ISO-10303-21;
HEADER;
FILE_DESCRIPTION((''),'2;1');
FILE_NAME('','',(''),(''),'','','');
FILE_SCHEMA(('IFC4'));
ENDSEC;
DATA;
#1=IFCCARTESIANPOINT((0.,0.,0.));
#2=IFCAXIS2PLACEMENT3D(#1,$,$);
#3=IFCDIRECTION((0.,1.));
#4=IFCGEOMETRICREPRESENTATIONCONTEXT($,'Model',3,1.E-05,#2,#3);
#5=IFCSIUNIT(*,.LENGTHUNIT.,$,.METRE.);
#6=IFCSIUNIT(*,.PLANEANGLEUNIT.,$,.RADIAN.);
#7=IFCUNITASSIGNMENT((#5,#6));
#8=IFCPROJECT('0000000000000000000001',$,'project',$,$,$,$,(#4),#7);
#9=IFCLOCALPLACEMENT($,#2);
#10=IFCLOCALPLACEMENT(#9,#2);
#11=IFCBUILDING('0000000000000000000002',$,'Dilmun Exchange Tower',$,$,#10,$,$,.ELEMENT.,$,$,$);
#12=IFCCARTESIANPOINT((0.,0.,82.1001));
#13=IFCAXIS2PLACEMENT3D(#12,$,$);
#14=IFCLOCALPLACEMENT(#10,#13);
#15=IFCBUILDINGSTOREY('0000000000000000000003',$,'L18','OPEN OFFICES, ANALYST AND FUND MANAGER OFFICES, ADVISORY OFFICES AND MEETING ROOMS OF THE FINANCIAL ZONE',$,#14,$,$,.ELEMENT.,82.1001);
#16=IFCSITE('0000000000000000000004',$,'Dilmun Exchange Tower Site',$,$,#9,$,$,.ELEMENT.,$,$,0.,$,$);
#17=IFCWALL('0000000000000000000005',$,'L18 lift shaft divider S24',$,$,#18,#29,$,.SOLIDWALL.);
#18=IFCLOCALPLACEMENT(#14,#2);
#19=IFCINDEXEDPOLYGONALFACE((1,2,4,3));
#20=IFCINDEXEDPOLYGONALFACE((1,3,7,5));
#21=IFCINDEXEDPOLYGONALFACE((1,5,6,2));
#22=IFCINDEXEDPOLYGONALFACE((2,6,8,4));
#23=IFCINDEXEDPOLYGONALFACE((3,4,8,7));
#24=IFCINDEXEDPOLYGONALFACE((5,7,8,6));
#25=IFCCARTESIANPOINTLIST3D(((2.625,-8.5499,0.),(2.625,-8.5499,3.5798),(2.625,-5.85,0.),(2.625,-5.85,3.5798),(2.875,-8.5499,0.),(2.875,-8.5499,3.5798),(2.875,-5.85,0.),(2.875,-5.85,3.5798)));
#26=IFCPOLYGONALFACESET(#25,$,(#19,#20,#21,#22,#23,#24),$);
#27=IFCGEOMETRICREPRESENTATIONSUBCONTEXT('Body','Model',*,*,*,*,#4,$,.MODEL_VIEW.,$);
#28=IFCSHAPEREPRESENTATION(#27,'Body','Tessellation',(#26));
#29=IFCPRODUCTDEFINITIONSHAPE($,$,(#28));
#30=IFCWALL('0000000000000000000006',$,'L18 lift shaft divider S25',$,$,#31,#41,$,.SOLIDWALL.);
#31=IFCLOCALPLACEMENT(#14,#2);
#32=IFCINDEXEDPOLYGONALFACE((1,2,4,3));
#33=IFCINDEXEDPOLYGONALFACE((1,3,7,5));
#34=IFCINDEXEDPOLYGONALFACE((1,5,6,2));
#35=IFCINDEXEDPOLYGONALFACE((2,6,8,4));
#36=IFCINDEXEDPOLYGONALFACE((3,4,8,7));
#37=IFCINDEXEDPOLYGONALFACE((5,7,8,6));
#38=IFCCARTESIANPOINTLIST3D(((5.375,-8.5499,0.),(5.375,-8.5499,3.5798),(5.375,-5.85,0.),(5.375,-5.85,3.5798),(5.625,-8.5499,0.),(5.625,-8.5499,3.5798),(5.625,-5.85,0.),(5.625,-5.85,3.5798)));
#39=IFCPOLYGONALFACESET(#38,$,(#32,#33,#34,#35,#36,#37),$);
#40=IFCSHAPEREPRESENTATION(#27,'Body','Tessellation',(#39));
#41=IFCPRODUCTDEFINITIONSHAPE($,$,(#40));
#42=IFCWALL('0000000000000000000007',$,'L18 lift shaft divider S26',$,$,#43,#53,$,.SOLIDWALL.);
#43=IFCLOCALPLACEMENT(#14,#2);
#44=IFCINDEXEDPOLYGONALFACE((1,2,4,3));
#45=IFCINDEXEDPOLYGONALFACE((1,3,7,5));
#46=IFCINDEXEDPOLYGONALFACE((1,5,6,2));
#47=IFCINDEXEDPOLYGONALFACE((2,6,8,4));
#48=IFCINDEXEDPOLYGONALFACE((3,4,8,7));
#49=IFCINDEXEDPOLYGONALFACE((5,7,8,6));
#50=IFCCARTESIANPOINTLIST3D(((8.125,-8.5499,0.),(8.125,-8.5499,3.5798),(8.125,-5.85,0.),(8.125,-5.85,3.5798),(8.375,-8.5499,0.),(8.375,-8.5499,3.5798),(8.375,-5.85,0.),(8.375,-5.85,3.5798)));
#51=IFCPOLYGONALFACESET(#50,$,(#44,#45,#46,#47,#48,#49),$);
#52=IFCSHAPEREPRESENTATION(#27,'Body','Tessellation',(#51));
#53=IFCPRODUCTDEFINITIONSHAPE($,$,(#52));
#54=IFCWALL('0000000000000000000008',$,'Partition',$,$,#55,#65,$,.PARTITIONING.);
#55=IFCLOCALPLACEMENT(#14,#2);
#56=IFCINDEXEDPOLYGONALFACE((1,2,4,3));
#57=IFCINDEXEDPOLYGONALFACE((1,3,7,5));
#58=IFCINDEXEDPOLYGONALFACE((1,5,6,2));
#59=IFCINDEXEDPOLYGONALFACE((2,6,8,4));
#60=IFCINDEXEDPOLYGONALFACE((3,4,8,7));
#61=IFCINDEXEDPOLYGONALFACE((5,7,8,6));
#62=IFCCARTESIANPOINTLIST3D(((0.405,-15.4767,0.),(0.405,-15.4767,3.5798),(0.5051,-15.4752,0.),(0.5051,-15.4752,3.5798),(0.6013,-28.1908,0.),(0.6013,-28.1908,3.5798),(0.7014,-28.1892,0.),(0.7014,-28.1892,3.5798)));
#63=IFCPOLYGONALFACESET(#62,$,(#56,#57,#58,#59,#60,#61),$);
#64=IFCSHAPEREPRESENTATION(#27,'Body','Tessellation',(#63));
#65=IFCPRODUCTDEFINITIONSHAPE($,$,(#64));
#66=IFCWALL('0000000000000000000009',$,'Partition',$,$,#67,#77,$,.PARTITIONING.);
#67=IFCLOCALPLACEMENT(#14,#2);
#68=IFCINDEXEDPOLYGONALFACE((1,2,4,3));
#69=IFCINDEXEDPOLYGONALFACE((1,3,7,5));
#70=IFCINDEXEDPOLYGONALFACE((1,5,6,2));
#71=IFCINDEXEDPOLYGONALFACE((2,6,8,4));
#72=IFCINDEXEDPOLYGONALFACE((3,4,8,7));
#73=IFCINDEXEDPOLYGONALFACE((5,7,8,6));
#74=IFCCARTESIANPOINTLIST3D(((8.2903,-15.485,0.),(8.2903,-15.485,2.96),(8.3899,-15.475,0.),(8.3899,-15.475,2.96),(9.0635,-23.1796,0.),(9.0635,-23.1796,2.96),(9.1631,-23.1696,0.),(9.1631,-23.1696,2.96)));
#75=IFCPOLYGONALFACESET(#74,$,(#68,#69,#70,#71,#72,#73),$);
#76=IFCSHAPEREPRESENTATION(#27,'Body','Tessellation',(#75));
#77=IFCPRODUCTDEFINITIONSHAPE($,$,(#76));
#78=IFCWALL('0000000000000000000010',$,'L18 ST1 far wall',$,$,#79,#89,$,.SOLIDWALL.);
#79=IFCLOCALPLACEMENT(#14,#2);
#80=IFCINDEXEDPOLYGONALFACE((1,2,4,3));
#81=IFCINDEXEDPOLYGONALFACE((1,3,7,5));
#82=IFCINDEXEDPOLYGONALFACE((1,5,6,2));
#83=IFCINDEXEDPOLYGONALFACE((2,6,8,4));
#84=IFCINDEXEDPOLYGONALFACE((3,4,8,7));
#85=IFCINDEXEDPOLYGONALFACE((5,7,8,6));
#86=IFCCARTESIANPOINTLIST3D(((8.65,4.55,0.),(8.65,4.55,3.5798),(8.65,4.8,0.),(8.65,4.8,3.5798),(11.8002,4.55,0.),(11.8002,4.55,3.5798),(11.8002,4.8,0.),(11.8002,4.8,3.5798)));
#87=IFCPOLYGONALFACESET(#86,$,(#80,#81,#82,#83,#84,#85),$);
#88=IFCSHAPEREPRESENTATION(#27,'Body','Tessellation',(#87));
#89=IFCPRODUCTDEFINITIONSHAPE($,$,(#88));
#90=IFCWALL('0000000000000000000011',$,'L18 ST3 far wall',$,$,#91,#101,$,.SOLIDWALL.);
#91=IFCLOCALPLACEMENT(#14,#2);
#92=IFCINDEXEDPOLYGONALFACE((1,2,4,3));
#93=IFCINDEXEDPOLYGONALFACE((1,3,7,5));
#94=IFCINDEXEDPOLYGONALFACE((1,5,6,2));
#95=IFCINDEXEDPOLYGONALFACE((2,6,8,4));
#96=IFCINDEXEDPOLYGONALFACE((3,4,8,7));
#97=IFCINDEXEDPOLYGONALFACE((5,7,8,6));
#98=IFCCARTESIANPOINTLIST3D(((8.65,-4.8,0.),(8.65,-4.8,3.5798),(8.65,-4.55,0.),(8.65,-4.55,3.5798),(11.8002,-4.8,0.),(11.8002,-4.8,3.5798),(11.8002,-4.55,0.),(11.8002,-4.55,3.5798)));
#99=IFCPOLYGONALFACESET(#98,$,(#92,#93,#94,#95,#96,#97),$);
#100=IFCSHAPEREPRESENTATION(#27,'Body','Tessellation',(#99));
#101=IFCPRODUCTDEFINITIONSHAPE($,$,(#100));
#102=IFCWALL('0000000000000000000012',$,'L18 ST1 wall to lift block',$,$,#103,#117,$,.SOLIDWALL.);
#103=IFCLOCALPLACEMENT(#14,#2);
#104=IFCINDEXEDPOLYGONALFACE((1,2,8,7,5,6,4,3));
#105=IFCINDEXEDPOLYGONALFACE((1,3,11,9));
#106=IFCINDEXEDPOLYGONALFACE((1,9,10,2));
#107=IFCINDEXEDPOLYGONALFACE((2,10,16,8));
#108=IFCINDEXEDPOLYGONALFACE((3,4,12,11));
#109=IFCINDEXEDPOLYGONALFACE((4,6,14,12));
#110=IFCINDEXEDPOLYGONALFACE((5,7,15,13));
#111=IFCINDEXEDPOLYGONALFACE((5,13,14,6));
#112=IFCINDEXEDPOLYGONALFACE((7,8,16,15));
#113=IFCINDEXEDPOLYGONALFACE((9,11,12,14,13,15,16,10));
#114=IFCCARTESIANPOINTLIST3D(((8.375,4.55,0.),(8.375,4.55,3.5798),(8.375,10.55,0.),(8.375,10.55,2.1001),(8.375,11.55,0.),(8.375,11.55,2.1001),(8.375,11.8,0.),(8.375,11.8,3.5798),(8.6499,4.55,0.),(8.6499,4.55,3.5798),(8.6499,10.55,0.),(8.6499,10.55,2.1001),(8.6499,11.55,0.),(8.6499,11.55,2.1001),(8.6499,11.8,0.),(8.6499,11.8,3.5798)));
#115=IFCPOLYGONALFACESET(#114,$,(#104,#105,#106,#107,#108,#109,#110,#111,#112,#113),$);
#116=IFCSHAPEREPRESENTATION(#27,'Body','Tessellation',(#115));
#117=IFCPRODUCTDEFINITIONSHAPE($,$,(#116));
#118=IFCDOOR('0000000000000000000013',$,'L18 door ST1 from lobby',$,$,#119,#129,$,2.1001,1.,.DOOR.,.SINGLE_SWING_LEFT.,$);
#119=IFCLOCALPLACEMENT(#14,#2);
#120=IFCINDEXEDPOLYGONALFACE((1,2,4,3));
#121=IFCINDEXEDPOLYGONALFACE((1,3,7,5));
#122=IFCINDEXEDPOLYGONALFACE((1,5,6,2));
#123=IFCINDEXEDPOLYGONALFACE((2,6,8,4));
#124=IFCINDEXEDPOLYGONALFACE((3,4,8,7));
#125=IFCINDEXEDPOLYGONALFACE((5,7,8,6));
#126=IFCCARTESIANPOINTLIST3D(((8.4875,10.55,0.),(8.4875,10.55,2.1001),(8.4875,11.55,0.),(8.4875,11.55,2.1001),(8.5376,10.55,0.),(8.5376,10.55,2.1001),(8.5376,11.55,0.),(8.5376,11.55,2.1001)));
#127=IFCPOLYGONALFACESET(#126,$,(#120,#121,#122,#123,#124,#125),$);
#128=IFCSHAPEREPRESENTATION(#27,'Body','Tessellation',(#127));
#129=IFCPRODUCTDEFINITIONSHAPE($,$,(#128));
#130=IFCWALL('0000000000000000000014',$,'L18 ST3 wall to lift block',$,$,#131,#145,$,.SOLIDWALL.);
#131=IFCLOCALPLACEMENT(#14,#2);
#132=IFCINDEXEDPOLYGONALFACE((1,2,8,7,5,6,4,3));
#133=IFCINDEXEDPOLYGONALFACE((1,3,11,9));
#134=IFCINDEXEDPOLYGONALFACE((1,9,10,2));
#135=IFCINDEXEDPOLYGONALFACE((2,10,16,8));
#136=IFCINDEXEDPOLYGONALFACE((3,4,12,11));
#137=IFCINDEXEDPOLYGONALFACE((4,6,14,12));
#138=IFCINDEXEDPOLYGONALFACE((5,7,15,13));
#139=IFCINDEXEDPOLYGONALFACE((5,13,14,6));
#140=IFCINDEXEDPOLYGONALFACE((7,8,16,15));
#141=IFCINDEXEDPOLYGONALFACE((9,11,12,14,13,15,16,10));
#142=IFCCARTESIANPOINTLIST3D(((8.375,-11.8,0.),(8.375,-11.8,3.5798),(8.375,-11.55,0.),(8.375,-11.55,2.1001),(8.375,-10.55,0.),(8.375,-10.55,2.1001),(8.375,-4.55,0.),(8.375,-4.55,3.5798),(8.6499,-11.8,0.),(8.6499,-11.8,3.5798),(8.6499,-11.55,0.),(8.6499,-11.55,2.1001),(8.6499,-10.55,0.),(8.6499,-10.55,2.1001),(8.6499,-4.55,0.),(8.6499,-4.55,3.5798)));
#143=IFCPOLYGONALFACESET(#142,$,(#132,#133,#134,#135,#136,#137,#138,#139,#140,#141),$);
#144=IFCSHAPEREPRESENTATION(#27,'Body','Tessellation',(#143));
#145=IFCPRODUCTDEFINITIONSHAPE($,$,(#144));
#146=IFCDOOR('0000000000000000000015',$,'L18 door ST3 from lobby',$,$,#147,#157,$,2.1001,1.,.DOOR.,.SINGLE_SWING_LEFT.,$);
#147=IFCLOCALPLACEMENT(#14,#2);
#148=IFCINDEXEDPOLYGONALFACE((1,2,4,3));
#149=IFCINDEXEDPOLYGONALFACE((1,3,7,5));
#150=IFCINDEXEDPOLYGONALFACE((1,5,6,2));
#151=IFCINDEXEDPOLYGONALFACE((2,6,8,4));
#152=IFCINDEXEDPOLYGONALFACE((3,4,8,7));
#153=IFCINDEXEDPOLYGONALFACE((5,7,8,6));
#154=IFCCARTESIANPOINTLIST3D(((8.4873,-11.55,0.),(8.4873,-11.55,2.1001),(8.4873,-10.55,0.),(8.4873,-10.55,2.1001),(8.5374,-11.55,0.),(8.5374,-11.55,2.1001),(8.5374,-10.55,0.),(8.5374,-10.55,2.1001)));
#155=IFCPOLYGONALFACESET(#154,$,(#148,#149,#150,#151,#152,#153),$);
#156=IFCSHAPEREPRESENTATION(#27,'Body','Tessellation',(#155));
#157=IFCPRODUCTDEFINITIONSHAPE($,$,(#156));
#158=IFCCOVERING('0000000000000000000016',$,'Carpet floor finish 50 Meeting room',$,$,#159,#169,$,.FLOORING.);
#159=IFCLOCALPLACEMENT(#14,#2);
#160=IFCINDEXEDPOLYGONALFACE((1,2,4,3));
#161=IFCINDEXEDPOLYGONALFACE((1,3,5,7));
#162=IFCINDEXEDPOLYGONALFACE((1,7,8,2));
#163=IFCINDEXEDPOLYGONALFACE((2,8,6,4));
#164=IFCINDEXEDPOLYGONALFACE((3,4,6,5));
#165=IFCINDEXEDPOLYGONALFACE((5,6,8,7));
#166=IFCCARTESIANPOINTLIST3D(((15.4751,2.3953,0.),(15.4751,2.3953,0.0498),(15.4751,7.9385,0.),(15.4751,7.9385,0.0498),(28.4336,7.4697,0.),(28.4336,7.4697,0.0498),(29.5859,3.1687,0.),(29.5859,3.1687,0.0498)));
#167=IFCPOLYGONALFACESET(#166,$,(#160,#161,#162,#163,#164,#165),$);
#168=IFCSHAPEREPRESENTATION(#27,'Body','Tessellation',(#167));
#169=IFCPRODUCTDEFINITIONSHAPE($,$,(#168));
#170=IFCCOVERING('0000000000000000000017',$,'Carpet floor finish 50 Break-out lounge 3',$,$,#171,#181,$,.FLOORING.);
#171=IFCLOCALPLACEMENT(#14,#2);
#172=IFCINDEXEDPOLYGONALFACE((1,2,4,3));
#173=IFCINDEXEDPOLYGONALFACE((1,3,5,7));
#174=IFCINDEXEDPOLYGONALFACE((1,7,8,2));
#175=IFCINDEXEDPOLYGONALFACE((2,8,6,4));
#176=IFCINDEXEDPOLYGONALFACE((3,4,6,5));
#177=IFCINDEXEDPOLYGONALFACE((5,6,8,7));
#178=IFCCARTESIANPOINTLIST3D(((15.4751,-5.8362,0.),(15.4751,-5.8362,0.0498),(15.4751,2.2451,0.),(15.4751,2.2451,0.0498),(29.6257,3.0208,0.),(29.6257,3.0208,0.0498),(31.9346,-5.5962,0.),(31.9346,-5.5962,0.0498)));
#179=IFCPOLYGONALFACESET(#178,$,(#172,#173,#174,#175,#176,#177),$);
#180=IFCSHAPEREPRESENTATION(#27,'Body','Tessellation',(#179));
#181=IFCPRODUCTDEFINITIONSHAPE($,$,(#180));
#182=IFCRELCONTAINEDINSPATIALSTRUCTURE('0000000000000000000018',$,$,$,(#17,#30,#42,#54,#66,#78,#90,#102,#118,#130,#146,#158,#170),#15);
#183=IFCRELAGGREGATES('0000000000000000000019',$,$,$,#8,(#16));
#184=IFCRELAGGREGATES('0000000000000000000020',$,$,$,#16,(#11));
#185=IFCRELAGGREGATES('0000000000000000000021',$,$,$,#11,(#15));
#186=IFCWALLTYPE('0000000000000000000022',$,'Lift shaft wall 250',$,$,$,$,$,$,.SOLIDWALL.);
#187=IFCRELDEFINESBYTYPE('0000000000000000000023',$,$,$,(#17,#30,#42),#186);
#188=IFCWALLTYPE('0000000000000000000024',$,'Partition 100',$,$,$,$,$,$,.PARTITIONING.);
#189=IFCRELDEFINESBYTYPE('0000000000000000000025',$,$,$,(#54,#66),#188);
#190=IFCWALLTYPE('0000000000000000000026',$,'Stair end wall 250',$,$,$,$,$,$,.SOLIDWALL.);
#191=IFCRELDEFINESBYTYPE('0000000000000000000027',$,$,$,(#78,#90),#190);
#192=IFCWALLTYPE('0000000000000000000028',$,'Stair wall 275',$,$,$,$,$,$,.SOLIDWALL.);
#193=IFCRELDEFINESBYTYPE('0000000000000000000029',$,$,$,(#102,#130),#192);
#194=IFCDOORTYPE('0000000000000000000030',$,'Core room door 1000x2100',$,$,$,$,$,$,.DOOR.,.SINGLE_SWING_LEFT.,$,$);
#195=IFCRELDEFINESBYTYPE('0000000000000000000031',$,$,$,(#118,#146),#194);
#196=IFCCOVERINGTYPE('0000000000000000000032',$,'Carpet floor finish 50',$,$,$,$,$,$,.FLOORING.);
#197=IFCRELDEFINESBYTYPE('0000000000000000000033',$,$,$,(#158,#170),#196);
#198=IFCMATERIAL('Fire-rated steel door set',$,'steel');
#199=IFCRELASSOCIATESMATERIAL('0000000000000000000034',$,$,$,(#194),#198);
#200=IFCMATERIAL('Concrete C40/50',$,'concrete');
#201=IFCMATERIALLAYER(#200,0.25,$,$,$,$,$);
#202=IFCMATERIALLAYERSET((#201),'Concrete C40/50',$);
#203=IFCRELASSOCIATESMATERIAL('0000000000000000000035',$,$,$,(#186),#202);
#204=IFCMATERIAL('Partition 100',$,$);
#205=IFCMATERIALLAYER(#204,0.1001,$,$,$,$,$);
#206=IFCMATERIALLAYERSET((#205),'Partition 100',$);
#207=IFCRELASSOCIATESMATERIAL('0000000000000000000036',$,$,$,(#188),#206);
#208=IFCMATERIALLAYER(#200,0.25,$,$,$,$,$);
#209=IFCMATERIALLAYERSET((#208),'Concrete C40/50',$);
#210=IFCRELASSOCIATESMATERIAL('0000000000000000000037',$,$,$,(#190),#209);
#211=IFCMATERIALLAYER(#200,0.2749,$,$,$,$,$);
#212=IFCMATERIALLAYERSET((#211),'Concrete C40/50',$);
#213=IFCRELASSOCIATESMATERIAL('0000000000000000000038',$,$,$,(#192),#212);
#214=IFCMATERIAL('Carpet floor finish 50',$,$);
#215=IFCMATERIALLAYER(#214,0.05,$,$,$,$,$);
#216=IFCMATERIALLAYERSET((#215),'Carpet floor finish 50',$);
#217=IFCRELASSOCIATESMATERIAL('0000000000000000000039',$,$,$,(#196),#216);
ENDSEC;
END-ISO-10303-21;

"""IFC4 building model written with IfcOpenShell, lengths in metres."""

from ifc_helpers import new_model, si_unit, direction, frame, frame_2d, origin, place, context, subcontext, project, spatial, polyline, rectangle, outline, extrude, material, layer, layer_set, type_object, element, fill, save


model = new_model("IFC4")

# Units and contexts
model_context = context("Model", 3, precision=1e-05, world=origin(), true_north=direction((0.0, 1.0)))
body_context = subcontext(model_context, "Body", "Model", "MODEL_VIEW")
ifc_project = project(units=[si_unit("LENGTHUNIT", "METRE"), si_unit("PLANEANGLEUNIT", "RADIAN")], contexts=[model_context])

# Site, building, storey
site_placement = place(None, origin())
site = spatial("IfcSite", under=ifc_project, at=site_placement, Name="Dilmun Exchange Tower Site", CompositionType="ELEMENT", RefElevation=0.0)
building_placement = place(site_placement, origin())
building = spatial("IfcBuilding", under=site, at=building_placement, Name="Dilmun Exchange Tower", CompositionType="ELEMENT")
storey_placement = place(building_placement, frame((0.0, 0.0, 82.1001)))
storey = spatial("IfcBuildingStorey", under=building, at=storey_placement, Name="L18", Description="OPEN OFFICES, ANALYST AND FUND MANAGER OFFICES, ADVISORY OFFICES AND MEETING ROOMS OF THE FINANCIAL ZONE", CompositionType="ELEMENT", Elevation=82.1001)

# Shared definitions
ifc_material_1 = material(Name="Concrete C40/50", Category="concrete")

# Shared definitions
ifc_material_2 = material(Name="Fire-rated steel door set", Category="steel")
door_type_1 = type_object("IfcDoorType", Name="Core room door 1000x2100", OperationType="SINGLE_SWING_LEFT", PredefinedType="DOOR", material=ifc_material_2)

# Walls
ifc_layer_1 = layer(ifc_material_1, 0.25)
ifc_layer_set_1 = layer_set([ifc_layer_1], Name="Concrete C40/50")
wall_type_1 = type_object("IfcWallType", Name="Lift shaft wall 250", PredefinedType="SOLIDWALL", material=ifc_layer_set_1)
for number, where, z_axis, x_axis, name in (
    (1, (2.75, -8.55, 0.0), (0.0, 0.0, 1.0), (0.0, 1.0, 0.0), "L18 lift shaft divider S24"),
    (2, (5.5, -8.55, 0.0), (0.0, 0.0, 1.0), (0.0, 1.0, 0.0), "L18 lift shaft divider S25"),
    (3, (8.25, -8.55, 0.0), (0.0, 0.0, 1.0), (0.0, 1.0, 0.0), "L18 lift shaft divider S26"),
):
    element("IfcWall", number, at=place(storey_placement, frame(where, z_axis=z_axis, x_axis=x_axis)), inside=storey, type_object=wall_type_1, Name=name, PredefinedType="SOLIDWALL", context=body_context, shape_type="SweptSolid", body=[
        extrude(rectangle(XDim=2.7, YDim=0.25, at=frame_2d((1.3501, 0.0))), origin(), (0.0, 0.0, 1.0), 3.5798),
    ])
ifc_material_3 = material(Name="Partition 100")
ifc_layer_2 = layer(ifc_material_3, 0.1001)
ifc_layer_set_2 = layer_set([ifc_layer_2], Name="Partition 100")
wall_type_2 = type_object("IfcWallType", Name="Partition 100", PredefinedType="PARTITIONING", material=ifc_layer_set_2)
wall_1_placement = place(storey_placement, frame((0.4551, -15.4758, 0.0), z_axis=(0.0, 0.0, 1.0), x_axis=(0.015437, -0.999881, 0.0)))
element("IfcWall", 4, at=wall_1_placement, inside=storey, type_object=wall_type_2, Name="Partition", PredefinedType="PARTITIONING", context=body_context, shape_type="SweptSolid", body=[
    extrude(rectangle(XDim=12.7156, YDim=0.1001, at=frame_2d((6.3579, 0.0))), origin(), (0.0, 0.0, 1.0), 3.5798),
])
wall_2_placement = place(storey_placement, frame((8.3401, -15.48, 0.0), z_axis=(0.0, 0.0, 1.0), x_axis=(0.099982, -0.994989, 0.0)))
element("IfcWall", 5, at=wall_2_placement, inside=storey, type_object=wall_type_2, Name="Partition", PredefinedType="PARTITIONING", context=body_context, shape_type="SweptSolid", body=[
    extrude(rectangle(XDim=7.7334, YDim=0.1001, at=frame_2d((3.8667, 0.0))), origin(), (0.0, 0.0, 1.0), 2.96),
])
ifc_layer_3 = layer(ifc_material_1, 0.25)
ifc_layer_set_3 = layer_set([ifc_layer_3], Name="Concrete C40/50")
wall_type_3 = type_object("IfcWallType", Name="Stair end wall 250", PredefinedType="SOLIDWALL", material=ifc_layer_set_3)
for number, where, z_axis, x_axis, name in (
    (6, (8.6499, 4.675, 0.0), (0.0, 0.0, 1.0), (1.0, 0.0, 0.0), "L18 ST1 far wall"),
    (7, (8.6499, -4.675, 0.0), (0.0, 0.0, 1.0), (1.0, 0.0, 0.0), "L18 ST3 far wall"),
):
    element("IfcWall", number, at=place(storey_placement, frame(where, z_axis=z_axis, x_axis=x_axis)), inside=storey, type_object=wall_type_3, Name=name, PredefinedType="SOLIDWALL", context=body_context, shape_type="SweptSolid", body=[
        extrude(rectangle(XDim=3.1501, YDim=0.25, at=frame_2d((1.5752, 0.0))), origin(), (0.0, 0.0, 1.0), 3.5798),
    ])

# Walls, openings, doors
ifc_layer_4 = layer(ifc_material_1, 0.2749)
ifc_layer_set_4 = layer_set([ifc_layer_4], Name="Concrete C40/50")
wall_type_4 = type_object("IfcWallType", Name="Stair wall 275", PredefinedType="SOLIDWALL", material=ifc_layer_set_4)
wall_3_placement = place(storey_placement, frame((8.5125, 4.55, 0.0), z_axis=(0.0, 0.0, 1.0), x_axis=(0.0, 1.0, 0.0)))
wall_3 = element("IfcWall", 8, at=wall_3_placement, inside=storey, type_object=wall_type_4, Name="L18 ST1 wall to lift block", PredefinedType="SOLIDWALL", context=body_context, shape_type="SweptSolid", body=[
    extrude(rectangle(XDim=7.25, YDim=0.2749, at=frame_2d((3.625, 0.0))), origin(), (0.0, 0.0, 1.0), 3.5798),
])
opening_1_placement = place(wall_3_placement, frame((6.0, 0.0, 0.0)))
opening_1 = element("IfcOpeningElement", 9, at=opening_1_placement, cuts=wall_3, PredefinedType="OPENING", context=body_context, shape_type="SweptSolid", body=[
    extrude(rectangle(XDim=1.0, YDim=2.1001, at=frame_2d((0.5, 1.05))), frame((0.0, 0.1475, 0.0), z_axis=(0.0, -1.0, 0.0), x_axis=(1.0, 0.0, 0.0)), (0.0, 0.0, 1.0), 0.2949),
])
door_1_placement = place(opening_1_placement, origin())
door_1 = element("IfcDoor", 10, at=door_1_placement, inside=storey, type_object=door_type_1, Name="L18 door ST1 from lobby", OperationType="SINGLE_SWING_LEFT", OverallHeight=2.1001, OverallWidth=1.0, PredefinedType="DOOR", context=body_context, shape_type="SweptSolid", body=[
    extrude(rectangle(XDim=1.0, YDim=2.1001, at=frame_2d((0.5, 1.05))), frame((0.0, 0.0249, 0.0), z_axis=(0.0, -1.0, 0.0), x_axis=(1.0, 0.0, 0.0)), (0.0, 0.0, 1.0), 0.05),
])
fill(opening_1, door_1)
wall_4_placement = place(storey_placement, frame((8.5125, -4.55, 0.0), z_axis=(0.0, 0.0, 1.0), x_axis=(0.0, -1.0, 0.0)))
wall_4 = element("IfcWall", 11, at=wall_4_placement, inside=storey, type_object=wall_type_4, Name="L18 ST3 wall to lift block", PredefinedType="SOLIDWALL", context=body_context, shape_type="SweptSolid", body=[
    extrude(rectangle(XDim=7.25, YDim=0.2749, at=frame_2d((3.625, 0.0))), origin(), (0.0, 0.0, 1.0), 3.5798),
])
opening_2_placement = place(wall_4_placement, frame((6.0, 0.0, 0.0)))
opening_2 = element("IfcOpeningElement", 12, at=opening_2_placement, cuts=wall_4, PredefinedType="OPENING", context=body_context, shape_type="SweptSolid", body=[
    extrude(rectangle(XDim=1.0, YDim=2.1001, at=frame_2d((0.5, 1.05))), frame((0.0, 0.1475, 0.0), z_axis=(0.0, -1.0, 0.0), x_axis=(1.0, 0.0, 0.0)), (0.0, 0.0, 1.0), 0.2949),
])
door_2_placement = place(opening_2_placement, origin())
door_2 = element("IfcDoor", 13, at=door_2_placement, inside=storey, type_object=door_type_1, Name="L18 door ST3 from lobby", OperationType="SINGLE_SWING_LEFT", OverallHeight=2.1001, OverallWidth=1.0, PredefinedType="DOOR", context=body_context, shape_type="SweptSolid", body=[
    extrude(rectangle(XDim=1.0, YDim=2.1001, at=frame_2d((0.5, 1.05))), frame((0.0, 0.0249, 0.0), z_axis=(0.0, -1.0, 0.0), x_axis=(1.0, 0.0, 0.0)), (0.0, 0.0, 1.0), 0.05),
])
fill(opening_2, door_2)

# Coverings
ifc_material_4 = material(Name="Carpet floor finish 50")
ifc_layer_5 = layer(ifc_material_4, 0.05)
ifc_layer_set_5 = layer_set([ifc_layer_5], Name="Carpet floor finish 50")
covering_type = type_object("IfcCoveringType", Name="Carpet floor finish 50", PredefinedType="FLOORING", material=ifc_layer_set_5)
covering_1_placement = place(storey_placement, origin())
element("IfcCovering", 14, at=covering_1_placement, inside=storey, type_object=covering_type, Name="Carpet floor finish 50 Meeting room", PredefinedType="FLOORING", context=body_context, shape_type="SweptSolid", body=[
    extrude(outline(polyline([(15.4751, 2.3953), (15.4751, 7.9385), (28.4336, 7.4697), (29.5859, 3.1687), (15.4751, 2.3953)])), origin(), (0.0, 0.0, 1.0), 0.0498),
])
covering_2_placement = place(storey_placement, origin())
element("IfcCovering", 15, at=covering_2_placement, inside=storey, type_object=covering_type, Name="Carpet floor finish 50 Break-out lounge 3", PredefinedType="FLOORING", context=body_context, shape_type="SweptSolid", body=[
    extrude(outline(polyline([(15.4751, -5.8362), (15.4751, 2.2451), (29.6257, 3.0208), (31.9346, -5.5962), (15.4751, -5.8362)])), origin(), (0.0, 0.0, 1.0), 0.0498),
])

save(model, "model.ifc")
